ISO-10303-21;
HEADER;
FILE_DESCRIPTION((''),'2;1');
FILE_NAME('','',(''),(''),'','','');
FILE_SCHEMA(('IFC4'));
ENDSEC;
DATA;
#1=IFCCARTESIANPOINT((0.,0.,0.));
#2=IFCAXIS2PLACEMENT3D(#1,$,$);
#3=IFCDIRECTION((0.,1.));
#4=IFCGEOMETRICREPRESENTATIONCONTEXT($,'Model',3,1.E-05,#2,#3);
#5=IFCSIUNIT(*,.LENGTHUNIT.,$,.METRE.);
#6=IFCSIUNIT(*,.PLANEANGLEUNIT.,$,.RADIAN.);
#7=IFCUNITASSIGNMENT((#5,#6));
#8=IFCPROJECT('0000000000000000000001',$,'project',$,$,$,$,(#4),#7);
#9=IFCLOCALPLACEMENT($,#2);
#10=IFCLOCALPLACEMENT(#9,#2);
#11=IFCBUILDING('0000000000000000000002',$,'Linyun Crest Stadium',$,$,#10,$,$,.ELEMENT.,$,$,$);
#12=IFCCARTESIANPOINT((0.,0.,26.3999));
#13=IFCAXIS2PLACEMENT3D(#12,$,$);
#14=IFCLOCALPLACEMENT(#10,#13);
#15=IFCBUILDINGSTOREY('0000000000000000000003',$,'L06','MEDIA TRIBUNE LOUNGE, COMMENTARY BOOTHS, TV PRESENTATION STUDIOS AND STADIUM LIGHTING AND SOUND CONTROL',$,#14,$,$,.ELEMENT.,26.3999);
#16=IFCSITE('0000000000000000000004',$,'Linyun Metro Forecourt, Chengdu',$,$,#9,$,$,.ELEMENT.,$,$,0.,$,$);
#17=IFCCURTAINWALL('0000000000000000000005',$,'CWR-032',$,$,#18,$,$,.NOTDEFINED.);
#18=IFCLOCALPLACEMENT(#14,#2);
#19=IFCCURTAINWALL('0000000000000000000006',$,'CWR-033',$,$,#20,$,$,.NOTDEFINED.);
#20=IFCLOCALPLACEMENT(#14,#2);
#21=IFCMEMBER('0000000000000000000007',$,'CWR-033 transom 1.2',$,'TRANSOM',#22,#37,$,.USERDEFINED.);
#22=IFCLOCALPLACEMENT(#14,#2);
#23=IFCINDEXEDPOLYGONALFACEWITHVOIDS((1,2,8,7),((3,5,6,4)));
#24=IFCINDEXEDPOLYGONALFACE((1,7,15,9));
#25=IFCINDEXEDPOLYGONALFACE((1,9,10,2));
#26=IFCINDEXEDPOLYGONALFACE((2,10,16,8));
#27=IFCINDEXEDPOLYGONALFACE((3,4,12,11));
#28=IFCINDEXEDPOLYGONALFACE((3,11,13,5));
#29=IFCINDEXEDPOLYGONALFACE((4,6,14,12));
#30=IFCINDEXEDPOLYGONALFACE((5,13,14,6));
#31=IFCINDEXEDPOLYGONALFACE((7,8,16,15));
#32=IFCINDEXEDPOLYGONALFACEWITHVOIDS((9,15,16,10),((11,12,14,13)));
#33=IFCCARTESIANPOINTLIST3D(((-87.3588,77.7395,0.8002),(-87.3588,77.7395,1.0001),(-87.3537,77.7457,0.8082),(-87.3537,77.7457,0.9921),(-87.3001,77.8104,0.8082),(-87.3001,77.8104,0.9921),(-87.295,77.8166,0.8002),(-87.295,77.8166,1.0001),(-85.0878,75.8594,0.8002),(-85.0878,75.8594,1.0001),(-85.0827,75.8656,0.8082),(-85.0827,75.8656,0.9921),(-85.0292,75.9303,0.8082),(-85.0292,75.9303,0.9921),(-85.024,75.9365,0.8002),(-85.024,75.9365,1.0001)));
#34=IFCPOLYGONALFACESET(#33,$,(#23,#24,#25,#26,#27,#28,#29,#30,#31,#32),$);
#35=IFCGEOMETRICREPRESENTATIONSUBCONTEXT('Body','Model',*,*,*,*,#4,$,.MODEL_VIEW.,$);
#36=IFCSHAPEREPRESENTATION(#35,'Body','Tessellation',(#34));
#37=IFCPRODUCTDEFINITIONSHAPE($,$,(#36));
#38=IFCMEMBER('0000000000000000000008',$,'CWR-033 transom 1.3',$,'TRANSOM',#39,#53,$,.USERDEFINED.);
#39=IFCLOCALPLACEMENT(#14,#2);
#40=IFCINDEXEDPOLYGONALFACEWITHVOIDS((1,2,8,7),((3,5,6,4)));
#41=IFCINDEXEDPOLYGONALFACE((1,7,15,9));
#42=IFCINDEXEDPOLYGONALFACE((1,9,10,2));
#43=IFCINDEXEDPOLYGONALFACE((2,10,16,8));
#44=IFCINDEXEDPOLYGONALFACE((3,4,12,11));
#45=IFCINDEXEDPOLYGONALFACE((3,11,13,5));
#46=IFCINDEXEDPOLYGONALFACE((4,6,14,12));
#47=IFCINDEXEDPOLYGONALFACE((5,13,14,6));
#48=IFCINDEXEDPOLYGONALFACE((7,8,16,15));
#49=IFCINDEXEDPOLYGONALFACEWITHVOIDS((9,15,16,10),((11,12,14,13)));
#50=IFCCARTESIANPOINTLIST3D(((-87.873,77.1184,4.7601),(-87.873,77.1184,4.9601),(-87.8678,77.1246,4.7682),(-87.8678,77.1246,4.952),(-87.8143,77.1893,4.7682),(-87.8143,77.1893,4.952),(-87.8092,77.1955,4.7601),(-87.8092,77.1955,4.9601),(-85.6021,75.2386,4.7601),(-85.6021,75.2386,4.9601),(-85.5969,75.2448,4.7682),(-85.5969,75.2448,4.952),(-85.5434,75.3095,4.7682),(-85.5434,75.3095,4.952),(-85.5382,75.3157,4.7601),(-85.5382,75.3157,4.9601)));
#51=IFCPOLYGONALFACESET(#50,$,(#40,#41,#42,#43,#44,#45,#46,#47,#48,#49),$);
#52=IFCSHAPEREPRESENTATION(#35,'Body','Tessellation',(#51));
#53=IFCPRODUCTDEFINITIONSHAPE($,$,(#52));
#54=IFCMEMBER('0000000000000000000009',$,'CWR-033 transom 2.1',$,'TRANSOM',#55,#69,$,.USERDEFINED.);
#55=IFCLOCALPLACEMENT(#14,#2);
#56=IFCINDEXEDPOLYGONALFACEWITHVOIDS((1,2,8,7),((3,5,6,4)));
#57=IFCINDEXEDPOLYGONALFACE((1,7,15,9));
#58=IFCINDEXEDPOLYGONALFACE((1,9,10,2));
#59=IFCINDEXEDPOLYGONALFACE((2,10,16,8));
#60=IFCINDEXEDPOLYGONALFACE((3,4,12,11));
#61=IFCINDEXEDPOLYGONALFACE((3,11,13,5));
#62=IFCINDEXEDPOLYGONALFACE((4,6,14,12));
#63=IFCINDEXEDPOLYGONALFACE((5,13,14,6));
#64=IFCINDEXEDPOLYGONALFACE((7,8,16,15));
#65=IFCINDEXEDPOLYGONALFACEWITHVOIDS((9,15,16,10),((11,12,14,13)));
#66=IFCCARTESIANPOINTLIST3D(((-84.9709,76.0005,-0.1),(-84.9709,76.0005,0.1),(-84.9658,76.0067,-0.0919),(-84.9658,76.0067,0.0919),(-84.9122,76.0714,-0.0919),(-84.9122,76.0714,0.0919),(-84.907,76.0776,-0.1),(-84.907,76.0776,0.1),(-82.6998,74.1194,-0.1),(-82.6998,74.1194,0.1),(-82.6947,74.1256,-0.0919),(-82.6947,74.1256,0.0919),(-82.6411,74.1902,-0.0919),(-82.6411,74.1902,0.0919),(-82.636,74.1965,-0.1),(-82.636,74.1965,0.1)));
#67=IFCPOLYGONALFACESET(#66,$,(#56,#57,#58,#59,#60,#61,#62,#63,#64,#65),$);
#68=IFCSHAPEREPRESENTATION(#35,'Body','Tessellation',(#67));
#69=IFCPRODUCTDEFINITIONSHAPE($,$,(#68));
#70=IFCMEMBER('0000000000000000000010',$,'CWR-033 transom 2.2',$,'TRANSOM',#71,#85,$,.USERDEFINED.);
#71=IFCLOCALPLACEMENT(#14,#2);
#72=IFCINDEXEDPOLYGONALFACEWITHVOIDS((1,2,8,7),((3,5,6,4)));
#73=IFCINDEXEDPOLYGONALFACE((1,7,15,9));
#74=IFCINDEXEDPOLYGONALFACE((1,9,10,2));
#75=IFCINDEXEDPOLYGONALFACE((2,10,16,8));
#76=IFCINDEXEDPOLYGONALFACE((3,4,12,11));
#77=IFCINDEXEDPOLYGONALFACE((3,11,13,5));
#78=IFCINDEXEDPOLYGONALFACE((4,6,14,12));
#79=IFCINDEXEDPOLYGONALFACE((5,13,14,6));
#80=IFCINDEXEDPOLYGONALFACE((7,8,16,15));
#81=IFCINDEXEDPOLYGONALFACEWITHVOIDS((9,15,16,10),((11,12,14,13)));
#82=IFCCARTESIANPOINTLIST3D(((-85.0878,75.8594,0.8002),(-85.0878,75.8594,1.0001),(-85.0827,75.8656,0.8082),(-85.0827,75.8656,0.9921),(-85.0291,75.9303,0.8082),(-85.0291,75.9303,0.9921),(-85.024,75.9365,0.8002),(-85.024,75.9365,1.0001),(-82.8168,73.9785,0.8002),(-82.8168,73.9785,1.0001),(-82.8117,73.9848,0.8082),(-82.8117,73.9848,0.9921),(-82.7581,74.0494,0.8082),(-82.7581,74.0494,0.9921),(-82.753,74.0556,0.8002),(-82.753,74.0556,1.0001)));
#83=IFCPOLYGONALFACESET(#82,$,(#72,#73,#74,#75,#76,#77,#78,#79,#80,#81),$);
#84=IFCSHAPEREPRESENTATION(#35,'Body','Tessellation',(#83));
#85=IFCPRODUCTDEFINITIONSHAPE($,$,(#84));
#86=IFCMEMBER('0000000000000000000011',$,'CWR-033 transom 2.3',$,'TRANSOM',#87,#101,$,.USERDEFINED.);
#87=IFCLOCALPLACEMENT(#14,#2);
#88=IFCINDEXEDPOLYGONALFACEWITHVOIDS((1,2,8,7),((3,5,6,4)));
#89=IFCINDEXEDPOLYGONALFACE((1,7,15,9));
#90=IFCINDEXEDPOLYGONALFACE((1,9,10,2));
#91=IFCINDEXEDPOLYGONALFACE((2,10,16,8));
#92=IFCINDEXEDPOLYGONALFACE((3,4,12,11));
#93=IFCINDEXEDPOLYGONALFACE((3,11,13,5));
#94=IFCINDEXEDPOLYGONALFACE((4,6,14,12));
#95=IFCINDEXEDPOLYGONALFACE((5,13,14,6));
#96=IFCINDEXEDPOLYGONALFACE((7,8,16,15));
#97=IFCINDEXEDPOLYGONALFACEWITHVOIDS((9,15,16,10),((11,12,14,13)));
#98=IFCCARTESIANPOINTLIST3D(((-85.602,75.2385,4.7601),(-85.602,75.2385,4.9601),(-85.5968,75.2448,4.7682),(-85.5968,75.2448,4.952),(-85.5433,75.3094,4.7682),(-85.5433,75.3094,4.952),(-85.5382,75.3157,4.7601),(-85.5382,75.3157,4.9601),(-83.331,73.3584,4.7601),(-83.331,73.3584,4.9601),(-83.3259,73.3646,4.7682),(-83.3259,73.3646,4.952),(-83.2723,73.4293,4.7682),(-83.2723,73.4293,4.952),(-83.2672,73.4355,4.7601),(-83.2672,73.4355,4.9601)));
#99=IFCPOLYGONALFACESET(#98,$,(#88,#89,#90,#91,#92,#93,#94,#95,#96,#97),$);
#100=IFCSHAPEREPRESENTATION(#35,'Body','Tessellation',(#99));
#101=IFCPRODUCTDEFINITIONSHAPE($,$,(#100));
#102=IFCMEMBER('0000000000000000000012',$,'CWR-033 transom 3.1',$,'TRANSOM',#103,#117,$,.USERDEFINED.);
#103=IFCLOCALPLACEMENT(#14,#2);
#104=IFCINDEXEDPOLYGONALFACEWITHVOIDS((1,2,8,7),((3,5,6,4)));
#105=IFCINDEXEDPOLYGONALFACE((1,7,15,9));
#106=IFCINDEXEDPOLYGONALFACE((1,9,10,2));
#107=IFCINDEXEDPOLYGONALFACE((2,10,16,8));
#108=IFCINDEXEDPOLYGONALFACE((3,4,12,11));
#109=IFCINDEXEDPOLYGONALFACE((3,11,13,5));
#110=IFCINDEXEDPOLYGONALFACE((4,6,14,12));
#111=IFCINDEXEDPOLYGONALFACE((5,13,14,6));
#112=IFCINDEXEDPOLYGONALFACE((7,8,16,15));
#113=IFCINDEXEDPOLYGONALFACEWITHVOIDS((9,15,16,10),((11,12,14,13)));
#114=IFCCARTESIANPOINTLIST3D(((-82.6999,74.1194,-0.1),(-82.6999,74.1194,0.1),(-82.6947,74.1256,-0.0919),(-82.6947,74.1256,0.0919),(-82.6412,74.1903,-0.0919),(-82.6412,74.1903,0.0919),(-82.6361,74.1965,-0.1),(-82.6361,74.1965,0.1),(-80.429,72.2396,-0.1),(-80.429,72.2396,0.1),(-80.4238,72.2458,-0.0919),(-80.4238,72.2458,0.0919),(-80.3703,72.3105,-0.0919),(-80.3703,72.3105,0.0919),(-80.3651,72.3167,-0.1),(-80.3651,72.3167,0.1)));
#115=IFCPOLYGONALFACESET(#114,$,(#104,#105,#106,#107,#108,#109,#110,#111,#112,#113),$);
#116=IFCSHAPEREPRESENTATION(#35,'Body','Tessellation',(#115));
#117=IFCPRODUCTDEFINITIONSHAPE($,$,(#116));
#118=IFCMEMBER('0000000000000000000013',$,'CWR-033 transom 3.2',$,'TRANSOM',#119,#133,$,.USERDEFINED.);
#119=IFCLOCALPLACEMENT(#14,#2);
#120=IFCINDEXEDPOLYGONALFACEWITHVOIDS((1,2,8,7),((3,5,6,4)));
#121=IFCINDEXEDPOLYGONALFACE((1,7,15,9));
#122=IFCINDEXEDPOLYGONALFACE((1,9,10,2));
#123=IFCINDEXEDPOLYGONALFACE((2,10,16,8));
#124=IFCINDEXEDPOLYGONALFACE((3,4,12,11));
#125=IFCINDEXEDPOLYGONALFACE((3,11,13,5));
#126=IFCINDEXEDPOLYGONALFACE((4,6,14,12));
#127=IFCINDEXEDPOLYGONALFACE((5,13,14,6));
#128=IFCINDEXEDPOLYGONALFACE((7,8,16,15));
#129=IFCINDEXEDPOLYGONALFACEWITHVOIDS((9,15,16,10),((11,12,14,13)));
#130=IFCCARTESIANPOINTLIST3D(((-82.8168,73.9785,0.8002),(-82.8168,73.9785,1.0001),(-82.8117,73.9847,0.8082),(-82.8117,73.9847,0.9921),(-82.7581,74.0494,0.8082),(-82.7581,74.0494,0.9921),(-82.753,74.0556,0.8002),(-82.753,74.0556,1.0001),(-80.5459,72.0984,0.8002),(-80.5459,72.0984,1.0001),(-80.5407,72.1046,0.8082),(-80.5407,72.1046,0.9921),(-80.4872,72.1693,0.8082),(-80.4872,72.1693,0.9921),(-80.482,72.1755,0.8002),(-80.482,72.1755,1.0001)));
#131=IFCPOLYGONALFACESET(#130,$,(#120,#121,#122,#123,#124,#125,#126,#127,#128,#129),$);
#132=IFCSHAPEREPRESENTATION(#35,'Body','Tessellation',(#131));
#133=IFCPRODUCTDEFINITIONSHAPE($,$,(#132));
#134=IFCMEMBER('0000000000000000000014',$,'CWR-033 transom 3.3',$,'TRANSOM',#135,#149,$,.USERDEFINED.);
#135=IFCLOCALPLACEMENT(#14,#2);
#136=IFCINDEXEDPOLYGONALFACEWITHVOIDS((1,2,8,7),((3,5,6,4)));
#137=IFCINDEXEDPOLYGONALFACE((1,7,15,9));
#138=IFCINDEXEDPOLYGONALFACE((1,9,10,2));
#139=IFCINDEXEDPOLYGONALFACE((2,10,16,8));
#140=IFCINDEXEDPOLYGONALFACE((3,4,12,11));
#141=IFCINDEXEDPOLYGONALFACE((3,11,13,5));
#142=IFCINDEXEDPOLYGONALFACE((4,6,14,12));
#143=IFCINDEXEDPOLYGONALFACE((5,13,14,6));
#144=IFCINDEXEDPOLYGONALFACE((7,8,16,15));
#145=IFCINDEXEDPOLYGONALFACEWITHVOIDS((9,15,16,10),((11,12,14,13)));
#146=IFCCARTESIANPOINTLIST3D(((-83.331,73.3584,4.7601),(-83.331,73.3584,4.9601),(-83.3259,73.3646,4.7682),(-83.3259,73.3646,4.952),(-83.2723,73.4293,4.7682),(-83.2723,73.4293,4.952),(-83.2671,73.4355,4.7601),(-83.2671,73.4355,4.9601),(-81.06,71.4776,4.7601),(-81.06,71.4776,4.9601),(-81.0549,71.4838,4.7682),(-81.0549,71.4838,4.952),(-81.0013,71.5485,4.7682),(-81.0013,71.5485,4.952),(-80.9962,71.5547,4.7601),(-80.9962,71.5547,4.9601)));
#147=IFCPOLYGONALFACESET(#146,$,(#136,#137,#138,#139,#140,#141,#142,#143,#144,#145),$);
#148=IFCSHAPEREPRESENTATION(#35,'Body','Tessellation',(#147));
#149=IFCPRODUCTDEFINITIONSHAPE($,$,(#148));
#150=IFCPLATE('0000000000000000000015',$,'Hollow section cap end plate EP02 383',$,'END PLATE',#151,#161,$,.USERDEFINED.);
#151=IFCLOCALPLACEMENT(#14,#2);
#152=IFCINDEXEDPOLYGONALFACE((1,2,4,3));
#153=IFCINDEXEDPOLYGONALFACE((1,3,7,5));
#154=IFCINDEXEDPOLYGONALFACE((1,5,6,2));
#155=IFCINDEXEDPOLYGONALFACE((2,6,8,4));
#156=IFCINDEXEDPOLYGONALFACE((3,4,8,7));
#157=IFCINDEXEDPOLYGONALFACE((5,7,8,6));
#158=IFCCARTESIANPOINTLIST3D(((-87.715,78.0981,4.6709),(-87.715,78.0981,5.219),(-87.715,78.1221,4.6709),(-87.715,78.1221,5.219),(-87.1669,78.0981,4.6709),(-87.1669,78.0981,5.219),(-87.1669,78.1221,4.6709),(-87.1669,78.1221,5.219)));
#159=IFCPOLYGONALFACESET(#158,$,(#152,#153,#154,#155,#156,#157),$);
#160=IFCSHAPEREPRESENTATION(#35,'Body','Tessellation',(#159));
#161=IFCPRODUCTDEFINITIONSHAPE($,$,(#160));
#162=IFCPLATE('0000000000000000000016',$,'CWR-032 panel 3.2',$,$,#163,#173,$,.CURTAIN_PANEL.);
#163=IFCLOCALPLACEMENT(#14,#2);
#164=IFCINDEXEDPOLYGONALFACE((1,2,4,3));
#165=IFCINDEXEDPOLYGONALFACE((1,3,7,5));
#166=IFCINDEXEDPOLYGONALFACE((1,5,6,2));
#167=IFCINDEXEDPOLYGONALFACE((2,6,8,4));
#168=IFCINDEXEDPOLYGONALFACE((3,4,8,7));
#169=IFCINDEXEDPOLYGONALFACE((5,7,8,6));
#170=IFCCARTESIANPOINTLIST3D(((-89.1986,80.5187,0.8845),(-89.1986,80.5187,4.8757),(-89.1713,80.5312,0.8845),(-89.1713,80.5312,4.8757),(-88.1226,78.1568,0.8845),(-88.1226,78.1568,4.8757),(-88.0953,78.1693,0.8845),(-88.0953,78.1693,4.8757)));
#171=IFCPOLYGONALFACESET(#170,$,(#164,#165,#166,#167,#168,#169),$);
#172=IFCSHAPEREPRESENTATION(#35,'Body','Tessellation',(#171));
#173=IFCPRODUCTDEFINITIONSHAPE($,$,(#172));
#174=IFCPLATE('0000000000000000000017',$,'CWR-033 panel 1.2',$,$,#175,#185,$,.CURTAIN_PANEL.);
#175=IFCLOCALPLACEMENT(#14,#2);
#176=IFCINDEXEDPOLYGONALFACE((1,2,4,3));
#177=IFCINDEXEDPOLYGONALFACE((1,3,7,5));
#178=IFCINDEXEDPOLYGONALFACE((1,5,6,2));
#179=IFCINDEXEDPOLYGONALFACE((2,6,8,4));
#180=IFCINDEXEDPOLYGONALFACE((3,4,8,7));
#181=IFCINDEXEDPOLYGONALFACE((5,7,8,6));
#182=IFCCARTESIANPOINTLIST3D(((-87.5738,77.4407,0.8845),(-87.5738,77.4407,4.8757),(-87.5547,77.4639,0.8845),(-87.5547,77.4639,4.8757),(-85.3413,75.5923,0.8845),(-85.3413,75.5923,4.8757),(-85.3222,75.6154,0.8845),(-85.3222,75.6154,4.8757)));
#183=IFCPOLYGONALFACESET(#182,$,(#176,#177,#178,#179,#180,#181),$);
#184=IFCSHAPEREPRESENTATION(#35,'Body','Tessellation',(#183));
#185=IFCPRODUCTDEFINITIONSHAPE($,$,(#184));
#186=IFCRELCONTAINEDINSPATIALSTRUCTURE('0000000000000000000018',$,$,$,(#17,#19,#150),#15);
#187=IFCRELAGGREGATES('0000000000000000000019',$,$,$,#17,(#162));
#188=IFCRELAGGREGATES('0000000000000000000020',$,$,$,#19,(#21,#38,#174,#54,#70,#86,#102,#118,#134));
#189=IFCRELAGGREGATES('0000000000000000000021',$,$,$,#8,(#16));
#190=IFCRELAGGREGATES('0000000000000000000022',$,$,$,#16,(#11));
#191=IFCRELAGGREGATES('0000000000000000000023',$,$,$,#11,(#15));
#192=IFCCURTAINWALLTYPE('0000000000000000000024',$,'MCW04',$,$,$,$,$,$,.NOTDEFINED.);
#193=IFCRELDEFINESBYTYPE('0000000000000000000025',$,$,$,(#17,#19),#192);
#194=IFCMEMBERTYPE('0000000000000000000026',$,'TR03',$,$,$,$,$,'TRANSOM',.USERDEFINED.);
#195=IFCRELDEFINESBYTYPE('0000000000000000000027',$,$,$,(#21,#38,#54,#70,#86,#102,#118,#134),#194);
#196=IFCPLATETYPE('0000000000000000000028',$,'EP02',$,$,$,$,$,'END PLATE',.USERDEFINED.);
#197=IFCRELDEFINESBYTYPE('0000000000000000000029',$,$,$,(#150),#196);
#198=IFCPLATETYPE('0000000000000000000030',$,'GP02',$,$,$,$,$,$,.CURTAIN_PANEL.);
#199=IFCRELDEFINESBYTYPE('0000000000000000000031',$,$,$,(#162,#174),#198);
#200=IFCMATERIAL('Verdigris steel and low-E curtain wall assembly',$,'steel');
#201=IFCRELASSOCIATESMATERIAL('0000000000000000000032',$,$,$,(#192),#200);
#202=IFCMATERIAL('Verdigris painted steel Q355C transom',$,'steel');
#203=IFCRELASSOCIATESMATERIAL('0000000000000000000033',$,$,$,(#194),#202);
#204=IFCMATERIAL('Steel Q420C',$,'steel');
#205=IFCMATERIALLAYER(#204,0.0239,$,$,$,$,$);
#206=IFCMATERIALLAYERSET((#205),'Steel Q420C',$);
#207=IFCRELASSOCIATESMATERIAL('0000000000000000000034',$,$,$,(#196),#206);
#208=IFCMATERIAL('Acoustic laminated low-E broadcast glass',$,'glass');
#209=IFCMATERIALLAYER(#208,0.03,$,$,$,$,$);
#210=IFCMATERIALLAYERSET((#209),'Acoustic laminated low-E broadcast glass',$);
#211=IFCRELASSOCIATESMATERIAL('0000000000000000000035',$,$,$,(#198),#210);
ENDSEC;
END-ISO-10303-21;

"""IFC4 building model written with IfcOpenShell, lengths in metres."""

from ifc_helpers import new_model, si_unit, direction, frame, origin, origin_2d, place, context, subcontext, project, spatial, rectangle, hollow_rectangle, extrude, material, layer, layer_set, material_profile, profile_set, type_object, element, aggregate, save


model = new_model("IFC4")

# Units and contexts
model_context = context("Model", 3, precision=1e-05, world=origin(), true_north=direction((0.0, 1.0)))
body_context = subcontext(model_context, "Body", "Model", "MODEL_VIEW")
ifc_project = project(units=[si_unit("LENGTHUNIT", "METRE"), si_unit("PLANEANGLEUNIT", "RADIAN")], contexts=[model_context])

# Site, building, storey
site_placement = place(None, origin())
site = spatial("IfcSite", under=ifc_project, at=site_placement, Name="Linyun Metro Forecourt, Chengdu", CompositionType="ELEMENT", RefElevation=0.0)
building_placement = place(site_placement, origin())
building = spatial("IfcBuilding", under=site, at=building_placement, Name="Linyun Crest Stadium", CompositionType="ELEMENT")
storey_placement = place(building_placement, frame((0.0, 0.0, 26.3999)))
storey = spatial("IfcBuildingStorey", under=building, at=storey_placement, Name="L06", Description="MEDIA TRIBUNE LOUNGE, COMMENTARY BOOTHS, TV PRESENTATION STUDIOS AND STADIUM LIGHTING AND SOUND CONTROL", CompositionType="ELEMENT", Elevation=26.3999)

# Curtain wall
ifc_material_1 = material(Name="Verdigris steel and low-E curtain wall assembly", Category="steel")
curtain_wall_type = type_object("IfcCurtainWallType", Name="MCW04", PredefinedType="NOTDEFINED", material=ifc_material_1)
curtain_wall_1_placement = place(storey_placement, origin())
curtain_wall_1 = element("IfcCurtainWall", 1, at=curtain_wall_1_placement, inside=storey, type_object=curtain_wall_type, Name="CWR-032", PredefinedType="NOTDEFINED")

# Curtain wall, members
curtain_wall_2_placement = place(storey_placement, origin())
curtain_wall_2 = element("IfcCurtainWall", 2, at=curtain_wall_2_placement, inside=storey, type_object=curtain_wall_type, Name="CWR-033", PredefinedType="NOTDEFINED")
ifc_material_2 = material(Name="Verdigris painted steel Q355C transom", Category="steel")
ifc_material_profile_1 = material_profile(ifc_material_2, hollow_rectangle(XDim=0.1001, YDim=0.2, WallThickness=0.0081, at=origin_2d()), Name="RHS 200x100x8")
ifc_profile_set_1 = profile_set([ifc_material_profile_1], Name="Verdigris painted steel Q355C transom")
member_type_1 = type_object("IfcMemberType", Name="TR03", ElementType="TRANSOM", PredefinedType="USERDEFINED", material=ifc_profile_set_1)
member_1_placement = place(storey_placement, frame((-87.3269, 77.7781, 0.9001), z_axis=(0.770281, -0.637705, 0.0), x_axis=(0.637705, 0.770281, 0.0)))
member_1 = element("IfcMember", 3, at=member_1_placement, type_object=member_type_1, Name="CWR-033 transom 1.2", ObjectType="TRANSOM", PredefinedType="USERDEFINED", context=body_context, shape_type="SweptSolid", body=[
    extrude(hollow_rectangle(XDim=0.1001, YDim=0.2, WallThickness=0.0081, at=origin_2d()), origin(), (0.0, 0.0, 1.0), 2.9482),
])
member_2_placement = place(storey_placement, frame((-87.8411, 77.157, 4.8601), z_axis=(0.770321, -0.637656, 0.0), x_axis=(0.637656, 0.770321, 0.0)))
member_2 = element("IfcMember", 4, at=member_2_placement, type_object=member_type_1, Name="CWR-033 transom 1.3", ObjectType="TRANSOM", PredefinedType="USERDEFINED", context=body_context, shape_type="SweptSolid", body=[
    extrude(hollow_rectangle(XDim=0.1001, YDim=0.2, WallThickness=0.0081, at=origin_2d()), origin(), (0.0, 0.0, 1.0), 2.948),
])
member_3_placement = place(storey_placement, frame((-84.939, 76.0391, 0.0), z_axis=(0.770118, -0.637901, 0.0), x_axis=(0.637901, 0.770118, 0.0)))
member_3 = element("IfcMember", 5, at=member_3_placement, type_object=member_type_1, Name="CWR-033 transom 2.1", ObjectType="TRANSOM", PredefinedType="USERDEFINED", context=body_context, shape_type="SweptSolid", body=[
    extrude(hollow_rectangle(XDim=0.1001, YDim=0.2, WallThickness=0.0081, at=origin_2d()), origin(), (0.0, 0.0, 1.0), 2.949),
])
member_4_placement = place(storey_placement, frame((-85.0559, 75.8979, 0.9001), z_axis=(0.770159, -0.637852, 0.0), x_axis=(0.637852, 0.770159, 0.0)))
member_4 = element("IfcMember", 6, at=member_4_placement, type_object=member_type_1, Name="CWR-033 transom 2.2", ObjectType="TRANSOM", PredefinedType="USERDEFINED", context=body_context, shape_type="SweptSolid", body=[
    extrude(hollow_rectangle(XDim=0.1001, YDim=0.2, WallThickness=0.0081, at=origin_2d()), origin(), (0.0, 0.0, 1.0), 2.9487),
])
member_5_placement = place(storey_placement, frame((-85.5701, 75.2771, 4.8601), z_axis=(0.770281, -0.637705, 0.0), x_axis=(0.637705, 0.770281, 0.0)))
member_5 = element("IfcMember", 7, at=member_5_placement, type_object=member_type_1, Name="CWR-033 transom 2.3", ObjectType="TRANSOM", PredefinedType="USERDEFINED", context=body_context, shape_type="SweptSolid", body=[
    extrude(hollow_rectangle(XDim=0.1001, YDim=0.2, WallThickness=0.0081, at=origin_2d()), origin(), (0.0, 0.0, 1.0), 2.9482),
])
member_6_placement = place(storey_placement, frame((-82.668, 74.158, 0.0), z_axis=(0.770321, -0.637656, 0.0), x_axis=(0.637656, 0.770321, 0.0)))
member_6 = element("IfcMember", 8, at=member_6_placement, type_object=member_type_1, Name="CWR-033 transom 3.1", ObjectType="TRANSOM", PredefinedType="USERDEFINED", context=body_context, shape_type="SweptSolid", body=[
    extrude(hollow_rectangle(XDim=0.1001, YDim=0.2, WallThickness=0.0081, at=origin_2d()), origin(), (0.0, 0.0, 1.0), 2.948),
])
member_7_placement = place(storey_placement, frame((-82.7849, 74.0171, 0.9001), z_axis=(0.770281, -0.637705, 0.0), x_axis=(0.637705, 0.770281, 0.0)))
member_7 = element("IfcMember", 9, at=member_7_placement, type_object=member_type_1, Name="CWR-033 transom 3.2", ObjectType="TRANSOM", PredefinedType="USERDEFINED", context=body_context, shape_type="SweptSolid", body=[
    extrude(hollow_rectangle(XDim=0.1001, YDim=0.2, WallThickness=0.0081, at=origin_2d()), origin(), (0.0, 0.0, 1.0), 2.9482),
])
member_8_placement = place(storey_placement, frame((-83.2991, 73.397, 4.8601), z_axis=(0.770159, -0.637852, 0.0), x_axis=(0.637852, 0.770159, 0.0)))
member_8 = element("IfcMember", 10, at=member_8_placement, type_object=member_type_1, Name="CWR-033 transom 3.3", ObjectType="TRANSOM", PredefinedType="USERDEFINED", context=body_context, shape_type="SweptSolid", body=[
    extrude(hollow_rectangle(XDim=0.1001, YDim=0.2, WallThickness=0.0081, at=origin_2d()), origin(), (0.0, 0.0, 1.0), 2.9487),
])

# Plates
ifc_material_3 = material(Name="Steel Q420C", Category="steel")
ifc_layer_1 = layer(ifc_material_3, 0.0239)
ifc_layer_set_1 = layer_set([ifc_layer_1], Name="Steel Q420C")
plate_type_1 = type_object("IfcPlateType", Name="EP02", ElementType="END PLATE", PredefinedType="USERDEFINED", material=ifc_layer_set_1)
plate_1_placement = place(storey_placement, frame((-87.4409, 78.1101, 4.6709), z_axis=(0.0, 0.0, 1.0), x_axis=(1.0, 0.0, 0.0)))
element("IfcPlate", 11, at=plate_1_placement, inside=storey, type_object=plate_type_1, Name="Hollow section cap end plate EP02 383", ObjectType="END PLATE", PredefinedType="USERDEFINED", context=body_context, shape_type="SweptSolid", body=[
    extrude(rectangle(XDim=0.5481, YDim=0.0239, at=origin_2d()), origin(), (0.0, 0.0, 1.0), 0.5481),
])
ifc_material_4 = material(Name="Acoustic laminated low-E broadcast glass", Category="glass")
ifc_layer_2 = layer(ifc_material_4, 0.03)
ifc_layer_set_2 = layer_set([ifc_layer_2], Name="Acoustic laminated low-E broadcast glass")
plate_type_2 = type_object("IfcPlateType", Name="GP02", PredefinedType="CURTAIN_PANEL", material=ifc_layer_set_2)
plate_2_placement = place(storey_placement, frame((-88.647, 79.344, 0.8845), z_axis=(0.0, 0.0, 1.0), x_axis=(0.414566, -0.910019, 0.0)))
plate_2 = element("IfcPlate", 12, at=plate_2_placement, type_object=plate_type_2, Name="CWR-032 panel 3.2", PredefinedType="CURTAIN_PANEL", context=body_context, shape_type="SweptSolid", body=[
    extrude(rectangle(XDim=2.5955, YDim=0.03, at=origin_2d()), origin(), (0.0, 0.0, 1.0), 3.9912),
])
plate_3_placement = place(storey_placement, frame((-86.448, 76.5281, 0.8845), z_axis=(0.0, 0.0, 1.0), x_axis=(0.770246, -0.637747, 0.0)))
plate_3 = element("IfcPlate", 13, at=plate_3_placement, type_object=plate_type_2, Name="CWR-033 panel 1.2", PredefinedType="CURTAIN_PANEL", context=body_context, shape_type="SweptSolid", body=[
    extrude(rectangle(XDim=2.8984, YDim=0.03, at=origin_2d()), origin(), (0.0, 0.0, 1.0), 3.9912),
])
aggregate(curtain_wall_1, [plate_2])
aggregate(curtain_wall_2, [member_1, member_2, plate_3, member_3, member_4, member_5, member_6, member_7, member_8])

save(model, "model.ifc")
